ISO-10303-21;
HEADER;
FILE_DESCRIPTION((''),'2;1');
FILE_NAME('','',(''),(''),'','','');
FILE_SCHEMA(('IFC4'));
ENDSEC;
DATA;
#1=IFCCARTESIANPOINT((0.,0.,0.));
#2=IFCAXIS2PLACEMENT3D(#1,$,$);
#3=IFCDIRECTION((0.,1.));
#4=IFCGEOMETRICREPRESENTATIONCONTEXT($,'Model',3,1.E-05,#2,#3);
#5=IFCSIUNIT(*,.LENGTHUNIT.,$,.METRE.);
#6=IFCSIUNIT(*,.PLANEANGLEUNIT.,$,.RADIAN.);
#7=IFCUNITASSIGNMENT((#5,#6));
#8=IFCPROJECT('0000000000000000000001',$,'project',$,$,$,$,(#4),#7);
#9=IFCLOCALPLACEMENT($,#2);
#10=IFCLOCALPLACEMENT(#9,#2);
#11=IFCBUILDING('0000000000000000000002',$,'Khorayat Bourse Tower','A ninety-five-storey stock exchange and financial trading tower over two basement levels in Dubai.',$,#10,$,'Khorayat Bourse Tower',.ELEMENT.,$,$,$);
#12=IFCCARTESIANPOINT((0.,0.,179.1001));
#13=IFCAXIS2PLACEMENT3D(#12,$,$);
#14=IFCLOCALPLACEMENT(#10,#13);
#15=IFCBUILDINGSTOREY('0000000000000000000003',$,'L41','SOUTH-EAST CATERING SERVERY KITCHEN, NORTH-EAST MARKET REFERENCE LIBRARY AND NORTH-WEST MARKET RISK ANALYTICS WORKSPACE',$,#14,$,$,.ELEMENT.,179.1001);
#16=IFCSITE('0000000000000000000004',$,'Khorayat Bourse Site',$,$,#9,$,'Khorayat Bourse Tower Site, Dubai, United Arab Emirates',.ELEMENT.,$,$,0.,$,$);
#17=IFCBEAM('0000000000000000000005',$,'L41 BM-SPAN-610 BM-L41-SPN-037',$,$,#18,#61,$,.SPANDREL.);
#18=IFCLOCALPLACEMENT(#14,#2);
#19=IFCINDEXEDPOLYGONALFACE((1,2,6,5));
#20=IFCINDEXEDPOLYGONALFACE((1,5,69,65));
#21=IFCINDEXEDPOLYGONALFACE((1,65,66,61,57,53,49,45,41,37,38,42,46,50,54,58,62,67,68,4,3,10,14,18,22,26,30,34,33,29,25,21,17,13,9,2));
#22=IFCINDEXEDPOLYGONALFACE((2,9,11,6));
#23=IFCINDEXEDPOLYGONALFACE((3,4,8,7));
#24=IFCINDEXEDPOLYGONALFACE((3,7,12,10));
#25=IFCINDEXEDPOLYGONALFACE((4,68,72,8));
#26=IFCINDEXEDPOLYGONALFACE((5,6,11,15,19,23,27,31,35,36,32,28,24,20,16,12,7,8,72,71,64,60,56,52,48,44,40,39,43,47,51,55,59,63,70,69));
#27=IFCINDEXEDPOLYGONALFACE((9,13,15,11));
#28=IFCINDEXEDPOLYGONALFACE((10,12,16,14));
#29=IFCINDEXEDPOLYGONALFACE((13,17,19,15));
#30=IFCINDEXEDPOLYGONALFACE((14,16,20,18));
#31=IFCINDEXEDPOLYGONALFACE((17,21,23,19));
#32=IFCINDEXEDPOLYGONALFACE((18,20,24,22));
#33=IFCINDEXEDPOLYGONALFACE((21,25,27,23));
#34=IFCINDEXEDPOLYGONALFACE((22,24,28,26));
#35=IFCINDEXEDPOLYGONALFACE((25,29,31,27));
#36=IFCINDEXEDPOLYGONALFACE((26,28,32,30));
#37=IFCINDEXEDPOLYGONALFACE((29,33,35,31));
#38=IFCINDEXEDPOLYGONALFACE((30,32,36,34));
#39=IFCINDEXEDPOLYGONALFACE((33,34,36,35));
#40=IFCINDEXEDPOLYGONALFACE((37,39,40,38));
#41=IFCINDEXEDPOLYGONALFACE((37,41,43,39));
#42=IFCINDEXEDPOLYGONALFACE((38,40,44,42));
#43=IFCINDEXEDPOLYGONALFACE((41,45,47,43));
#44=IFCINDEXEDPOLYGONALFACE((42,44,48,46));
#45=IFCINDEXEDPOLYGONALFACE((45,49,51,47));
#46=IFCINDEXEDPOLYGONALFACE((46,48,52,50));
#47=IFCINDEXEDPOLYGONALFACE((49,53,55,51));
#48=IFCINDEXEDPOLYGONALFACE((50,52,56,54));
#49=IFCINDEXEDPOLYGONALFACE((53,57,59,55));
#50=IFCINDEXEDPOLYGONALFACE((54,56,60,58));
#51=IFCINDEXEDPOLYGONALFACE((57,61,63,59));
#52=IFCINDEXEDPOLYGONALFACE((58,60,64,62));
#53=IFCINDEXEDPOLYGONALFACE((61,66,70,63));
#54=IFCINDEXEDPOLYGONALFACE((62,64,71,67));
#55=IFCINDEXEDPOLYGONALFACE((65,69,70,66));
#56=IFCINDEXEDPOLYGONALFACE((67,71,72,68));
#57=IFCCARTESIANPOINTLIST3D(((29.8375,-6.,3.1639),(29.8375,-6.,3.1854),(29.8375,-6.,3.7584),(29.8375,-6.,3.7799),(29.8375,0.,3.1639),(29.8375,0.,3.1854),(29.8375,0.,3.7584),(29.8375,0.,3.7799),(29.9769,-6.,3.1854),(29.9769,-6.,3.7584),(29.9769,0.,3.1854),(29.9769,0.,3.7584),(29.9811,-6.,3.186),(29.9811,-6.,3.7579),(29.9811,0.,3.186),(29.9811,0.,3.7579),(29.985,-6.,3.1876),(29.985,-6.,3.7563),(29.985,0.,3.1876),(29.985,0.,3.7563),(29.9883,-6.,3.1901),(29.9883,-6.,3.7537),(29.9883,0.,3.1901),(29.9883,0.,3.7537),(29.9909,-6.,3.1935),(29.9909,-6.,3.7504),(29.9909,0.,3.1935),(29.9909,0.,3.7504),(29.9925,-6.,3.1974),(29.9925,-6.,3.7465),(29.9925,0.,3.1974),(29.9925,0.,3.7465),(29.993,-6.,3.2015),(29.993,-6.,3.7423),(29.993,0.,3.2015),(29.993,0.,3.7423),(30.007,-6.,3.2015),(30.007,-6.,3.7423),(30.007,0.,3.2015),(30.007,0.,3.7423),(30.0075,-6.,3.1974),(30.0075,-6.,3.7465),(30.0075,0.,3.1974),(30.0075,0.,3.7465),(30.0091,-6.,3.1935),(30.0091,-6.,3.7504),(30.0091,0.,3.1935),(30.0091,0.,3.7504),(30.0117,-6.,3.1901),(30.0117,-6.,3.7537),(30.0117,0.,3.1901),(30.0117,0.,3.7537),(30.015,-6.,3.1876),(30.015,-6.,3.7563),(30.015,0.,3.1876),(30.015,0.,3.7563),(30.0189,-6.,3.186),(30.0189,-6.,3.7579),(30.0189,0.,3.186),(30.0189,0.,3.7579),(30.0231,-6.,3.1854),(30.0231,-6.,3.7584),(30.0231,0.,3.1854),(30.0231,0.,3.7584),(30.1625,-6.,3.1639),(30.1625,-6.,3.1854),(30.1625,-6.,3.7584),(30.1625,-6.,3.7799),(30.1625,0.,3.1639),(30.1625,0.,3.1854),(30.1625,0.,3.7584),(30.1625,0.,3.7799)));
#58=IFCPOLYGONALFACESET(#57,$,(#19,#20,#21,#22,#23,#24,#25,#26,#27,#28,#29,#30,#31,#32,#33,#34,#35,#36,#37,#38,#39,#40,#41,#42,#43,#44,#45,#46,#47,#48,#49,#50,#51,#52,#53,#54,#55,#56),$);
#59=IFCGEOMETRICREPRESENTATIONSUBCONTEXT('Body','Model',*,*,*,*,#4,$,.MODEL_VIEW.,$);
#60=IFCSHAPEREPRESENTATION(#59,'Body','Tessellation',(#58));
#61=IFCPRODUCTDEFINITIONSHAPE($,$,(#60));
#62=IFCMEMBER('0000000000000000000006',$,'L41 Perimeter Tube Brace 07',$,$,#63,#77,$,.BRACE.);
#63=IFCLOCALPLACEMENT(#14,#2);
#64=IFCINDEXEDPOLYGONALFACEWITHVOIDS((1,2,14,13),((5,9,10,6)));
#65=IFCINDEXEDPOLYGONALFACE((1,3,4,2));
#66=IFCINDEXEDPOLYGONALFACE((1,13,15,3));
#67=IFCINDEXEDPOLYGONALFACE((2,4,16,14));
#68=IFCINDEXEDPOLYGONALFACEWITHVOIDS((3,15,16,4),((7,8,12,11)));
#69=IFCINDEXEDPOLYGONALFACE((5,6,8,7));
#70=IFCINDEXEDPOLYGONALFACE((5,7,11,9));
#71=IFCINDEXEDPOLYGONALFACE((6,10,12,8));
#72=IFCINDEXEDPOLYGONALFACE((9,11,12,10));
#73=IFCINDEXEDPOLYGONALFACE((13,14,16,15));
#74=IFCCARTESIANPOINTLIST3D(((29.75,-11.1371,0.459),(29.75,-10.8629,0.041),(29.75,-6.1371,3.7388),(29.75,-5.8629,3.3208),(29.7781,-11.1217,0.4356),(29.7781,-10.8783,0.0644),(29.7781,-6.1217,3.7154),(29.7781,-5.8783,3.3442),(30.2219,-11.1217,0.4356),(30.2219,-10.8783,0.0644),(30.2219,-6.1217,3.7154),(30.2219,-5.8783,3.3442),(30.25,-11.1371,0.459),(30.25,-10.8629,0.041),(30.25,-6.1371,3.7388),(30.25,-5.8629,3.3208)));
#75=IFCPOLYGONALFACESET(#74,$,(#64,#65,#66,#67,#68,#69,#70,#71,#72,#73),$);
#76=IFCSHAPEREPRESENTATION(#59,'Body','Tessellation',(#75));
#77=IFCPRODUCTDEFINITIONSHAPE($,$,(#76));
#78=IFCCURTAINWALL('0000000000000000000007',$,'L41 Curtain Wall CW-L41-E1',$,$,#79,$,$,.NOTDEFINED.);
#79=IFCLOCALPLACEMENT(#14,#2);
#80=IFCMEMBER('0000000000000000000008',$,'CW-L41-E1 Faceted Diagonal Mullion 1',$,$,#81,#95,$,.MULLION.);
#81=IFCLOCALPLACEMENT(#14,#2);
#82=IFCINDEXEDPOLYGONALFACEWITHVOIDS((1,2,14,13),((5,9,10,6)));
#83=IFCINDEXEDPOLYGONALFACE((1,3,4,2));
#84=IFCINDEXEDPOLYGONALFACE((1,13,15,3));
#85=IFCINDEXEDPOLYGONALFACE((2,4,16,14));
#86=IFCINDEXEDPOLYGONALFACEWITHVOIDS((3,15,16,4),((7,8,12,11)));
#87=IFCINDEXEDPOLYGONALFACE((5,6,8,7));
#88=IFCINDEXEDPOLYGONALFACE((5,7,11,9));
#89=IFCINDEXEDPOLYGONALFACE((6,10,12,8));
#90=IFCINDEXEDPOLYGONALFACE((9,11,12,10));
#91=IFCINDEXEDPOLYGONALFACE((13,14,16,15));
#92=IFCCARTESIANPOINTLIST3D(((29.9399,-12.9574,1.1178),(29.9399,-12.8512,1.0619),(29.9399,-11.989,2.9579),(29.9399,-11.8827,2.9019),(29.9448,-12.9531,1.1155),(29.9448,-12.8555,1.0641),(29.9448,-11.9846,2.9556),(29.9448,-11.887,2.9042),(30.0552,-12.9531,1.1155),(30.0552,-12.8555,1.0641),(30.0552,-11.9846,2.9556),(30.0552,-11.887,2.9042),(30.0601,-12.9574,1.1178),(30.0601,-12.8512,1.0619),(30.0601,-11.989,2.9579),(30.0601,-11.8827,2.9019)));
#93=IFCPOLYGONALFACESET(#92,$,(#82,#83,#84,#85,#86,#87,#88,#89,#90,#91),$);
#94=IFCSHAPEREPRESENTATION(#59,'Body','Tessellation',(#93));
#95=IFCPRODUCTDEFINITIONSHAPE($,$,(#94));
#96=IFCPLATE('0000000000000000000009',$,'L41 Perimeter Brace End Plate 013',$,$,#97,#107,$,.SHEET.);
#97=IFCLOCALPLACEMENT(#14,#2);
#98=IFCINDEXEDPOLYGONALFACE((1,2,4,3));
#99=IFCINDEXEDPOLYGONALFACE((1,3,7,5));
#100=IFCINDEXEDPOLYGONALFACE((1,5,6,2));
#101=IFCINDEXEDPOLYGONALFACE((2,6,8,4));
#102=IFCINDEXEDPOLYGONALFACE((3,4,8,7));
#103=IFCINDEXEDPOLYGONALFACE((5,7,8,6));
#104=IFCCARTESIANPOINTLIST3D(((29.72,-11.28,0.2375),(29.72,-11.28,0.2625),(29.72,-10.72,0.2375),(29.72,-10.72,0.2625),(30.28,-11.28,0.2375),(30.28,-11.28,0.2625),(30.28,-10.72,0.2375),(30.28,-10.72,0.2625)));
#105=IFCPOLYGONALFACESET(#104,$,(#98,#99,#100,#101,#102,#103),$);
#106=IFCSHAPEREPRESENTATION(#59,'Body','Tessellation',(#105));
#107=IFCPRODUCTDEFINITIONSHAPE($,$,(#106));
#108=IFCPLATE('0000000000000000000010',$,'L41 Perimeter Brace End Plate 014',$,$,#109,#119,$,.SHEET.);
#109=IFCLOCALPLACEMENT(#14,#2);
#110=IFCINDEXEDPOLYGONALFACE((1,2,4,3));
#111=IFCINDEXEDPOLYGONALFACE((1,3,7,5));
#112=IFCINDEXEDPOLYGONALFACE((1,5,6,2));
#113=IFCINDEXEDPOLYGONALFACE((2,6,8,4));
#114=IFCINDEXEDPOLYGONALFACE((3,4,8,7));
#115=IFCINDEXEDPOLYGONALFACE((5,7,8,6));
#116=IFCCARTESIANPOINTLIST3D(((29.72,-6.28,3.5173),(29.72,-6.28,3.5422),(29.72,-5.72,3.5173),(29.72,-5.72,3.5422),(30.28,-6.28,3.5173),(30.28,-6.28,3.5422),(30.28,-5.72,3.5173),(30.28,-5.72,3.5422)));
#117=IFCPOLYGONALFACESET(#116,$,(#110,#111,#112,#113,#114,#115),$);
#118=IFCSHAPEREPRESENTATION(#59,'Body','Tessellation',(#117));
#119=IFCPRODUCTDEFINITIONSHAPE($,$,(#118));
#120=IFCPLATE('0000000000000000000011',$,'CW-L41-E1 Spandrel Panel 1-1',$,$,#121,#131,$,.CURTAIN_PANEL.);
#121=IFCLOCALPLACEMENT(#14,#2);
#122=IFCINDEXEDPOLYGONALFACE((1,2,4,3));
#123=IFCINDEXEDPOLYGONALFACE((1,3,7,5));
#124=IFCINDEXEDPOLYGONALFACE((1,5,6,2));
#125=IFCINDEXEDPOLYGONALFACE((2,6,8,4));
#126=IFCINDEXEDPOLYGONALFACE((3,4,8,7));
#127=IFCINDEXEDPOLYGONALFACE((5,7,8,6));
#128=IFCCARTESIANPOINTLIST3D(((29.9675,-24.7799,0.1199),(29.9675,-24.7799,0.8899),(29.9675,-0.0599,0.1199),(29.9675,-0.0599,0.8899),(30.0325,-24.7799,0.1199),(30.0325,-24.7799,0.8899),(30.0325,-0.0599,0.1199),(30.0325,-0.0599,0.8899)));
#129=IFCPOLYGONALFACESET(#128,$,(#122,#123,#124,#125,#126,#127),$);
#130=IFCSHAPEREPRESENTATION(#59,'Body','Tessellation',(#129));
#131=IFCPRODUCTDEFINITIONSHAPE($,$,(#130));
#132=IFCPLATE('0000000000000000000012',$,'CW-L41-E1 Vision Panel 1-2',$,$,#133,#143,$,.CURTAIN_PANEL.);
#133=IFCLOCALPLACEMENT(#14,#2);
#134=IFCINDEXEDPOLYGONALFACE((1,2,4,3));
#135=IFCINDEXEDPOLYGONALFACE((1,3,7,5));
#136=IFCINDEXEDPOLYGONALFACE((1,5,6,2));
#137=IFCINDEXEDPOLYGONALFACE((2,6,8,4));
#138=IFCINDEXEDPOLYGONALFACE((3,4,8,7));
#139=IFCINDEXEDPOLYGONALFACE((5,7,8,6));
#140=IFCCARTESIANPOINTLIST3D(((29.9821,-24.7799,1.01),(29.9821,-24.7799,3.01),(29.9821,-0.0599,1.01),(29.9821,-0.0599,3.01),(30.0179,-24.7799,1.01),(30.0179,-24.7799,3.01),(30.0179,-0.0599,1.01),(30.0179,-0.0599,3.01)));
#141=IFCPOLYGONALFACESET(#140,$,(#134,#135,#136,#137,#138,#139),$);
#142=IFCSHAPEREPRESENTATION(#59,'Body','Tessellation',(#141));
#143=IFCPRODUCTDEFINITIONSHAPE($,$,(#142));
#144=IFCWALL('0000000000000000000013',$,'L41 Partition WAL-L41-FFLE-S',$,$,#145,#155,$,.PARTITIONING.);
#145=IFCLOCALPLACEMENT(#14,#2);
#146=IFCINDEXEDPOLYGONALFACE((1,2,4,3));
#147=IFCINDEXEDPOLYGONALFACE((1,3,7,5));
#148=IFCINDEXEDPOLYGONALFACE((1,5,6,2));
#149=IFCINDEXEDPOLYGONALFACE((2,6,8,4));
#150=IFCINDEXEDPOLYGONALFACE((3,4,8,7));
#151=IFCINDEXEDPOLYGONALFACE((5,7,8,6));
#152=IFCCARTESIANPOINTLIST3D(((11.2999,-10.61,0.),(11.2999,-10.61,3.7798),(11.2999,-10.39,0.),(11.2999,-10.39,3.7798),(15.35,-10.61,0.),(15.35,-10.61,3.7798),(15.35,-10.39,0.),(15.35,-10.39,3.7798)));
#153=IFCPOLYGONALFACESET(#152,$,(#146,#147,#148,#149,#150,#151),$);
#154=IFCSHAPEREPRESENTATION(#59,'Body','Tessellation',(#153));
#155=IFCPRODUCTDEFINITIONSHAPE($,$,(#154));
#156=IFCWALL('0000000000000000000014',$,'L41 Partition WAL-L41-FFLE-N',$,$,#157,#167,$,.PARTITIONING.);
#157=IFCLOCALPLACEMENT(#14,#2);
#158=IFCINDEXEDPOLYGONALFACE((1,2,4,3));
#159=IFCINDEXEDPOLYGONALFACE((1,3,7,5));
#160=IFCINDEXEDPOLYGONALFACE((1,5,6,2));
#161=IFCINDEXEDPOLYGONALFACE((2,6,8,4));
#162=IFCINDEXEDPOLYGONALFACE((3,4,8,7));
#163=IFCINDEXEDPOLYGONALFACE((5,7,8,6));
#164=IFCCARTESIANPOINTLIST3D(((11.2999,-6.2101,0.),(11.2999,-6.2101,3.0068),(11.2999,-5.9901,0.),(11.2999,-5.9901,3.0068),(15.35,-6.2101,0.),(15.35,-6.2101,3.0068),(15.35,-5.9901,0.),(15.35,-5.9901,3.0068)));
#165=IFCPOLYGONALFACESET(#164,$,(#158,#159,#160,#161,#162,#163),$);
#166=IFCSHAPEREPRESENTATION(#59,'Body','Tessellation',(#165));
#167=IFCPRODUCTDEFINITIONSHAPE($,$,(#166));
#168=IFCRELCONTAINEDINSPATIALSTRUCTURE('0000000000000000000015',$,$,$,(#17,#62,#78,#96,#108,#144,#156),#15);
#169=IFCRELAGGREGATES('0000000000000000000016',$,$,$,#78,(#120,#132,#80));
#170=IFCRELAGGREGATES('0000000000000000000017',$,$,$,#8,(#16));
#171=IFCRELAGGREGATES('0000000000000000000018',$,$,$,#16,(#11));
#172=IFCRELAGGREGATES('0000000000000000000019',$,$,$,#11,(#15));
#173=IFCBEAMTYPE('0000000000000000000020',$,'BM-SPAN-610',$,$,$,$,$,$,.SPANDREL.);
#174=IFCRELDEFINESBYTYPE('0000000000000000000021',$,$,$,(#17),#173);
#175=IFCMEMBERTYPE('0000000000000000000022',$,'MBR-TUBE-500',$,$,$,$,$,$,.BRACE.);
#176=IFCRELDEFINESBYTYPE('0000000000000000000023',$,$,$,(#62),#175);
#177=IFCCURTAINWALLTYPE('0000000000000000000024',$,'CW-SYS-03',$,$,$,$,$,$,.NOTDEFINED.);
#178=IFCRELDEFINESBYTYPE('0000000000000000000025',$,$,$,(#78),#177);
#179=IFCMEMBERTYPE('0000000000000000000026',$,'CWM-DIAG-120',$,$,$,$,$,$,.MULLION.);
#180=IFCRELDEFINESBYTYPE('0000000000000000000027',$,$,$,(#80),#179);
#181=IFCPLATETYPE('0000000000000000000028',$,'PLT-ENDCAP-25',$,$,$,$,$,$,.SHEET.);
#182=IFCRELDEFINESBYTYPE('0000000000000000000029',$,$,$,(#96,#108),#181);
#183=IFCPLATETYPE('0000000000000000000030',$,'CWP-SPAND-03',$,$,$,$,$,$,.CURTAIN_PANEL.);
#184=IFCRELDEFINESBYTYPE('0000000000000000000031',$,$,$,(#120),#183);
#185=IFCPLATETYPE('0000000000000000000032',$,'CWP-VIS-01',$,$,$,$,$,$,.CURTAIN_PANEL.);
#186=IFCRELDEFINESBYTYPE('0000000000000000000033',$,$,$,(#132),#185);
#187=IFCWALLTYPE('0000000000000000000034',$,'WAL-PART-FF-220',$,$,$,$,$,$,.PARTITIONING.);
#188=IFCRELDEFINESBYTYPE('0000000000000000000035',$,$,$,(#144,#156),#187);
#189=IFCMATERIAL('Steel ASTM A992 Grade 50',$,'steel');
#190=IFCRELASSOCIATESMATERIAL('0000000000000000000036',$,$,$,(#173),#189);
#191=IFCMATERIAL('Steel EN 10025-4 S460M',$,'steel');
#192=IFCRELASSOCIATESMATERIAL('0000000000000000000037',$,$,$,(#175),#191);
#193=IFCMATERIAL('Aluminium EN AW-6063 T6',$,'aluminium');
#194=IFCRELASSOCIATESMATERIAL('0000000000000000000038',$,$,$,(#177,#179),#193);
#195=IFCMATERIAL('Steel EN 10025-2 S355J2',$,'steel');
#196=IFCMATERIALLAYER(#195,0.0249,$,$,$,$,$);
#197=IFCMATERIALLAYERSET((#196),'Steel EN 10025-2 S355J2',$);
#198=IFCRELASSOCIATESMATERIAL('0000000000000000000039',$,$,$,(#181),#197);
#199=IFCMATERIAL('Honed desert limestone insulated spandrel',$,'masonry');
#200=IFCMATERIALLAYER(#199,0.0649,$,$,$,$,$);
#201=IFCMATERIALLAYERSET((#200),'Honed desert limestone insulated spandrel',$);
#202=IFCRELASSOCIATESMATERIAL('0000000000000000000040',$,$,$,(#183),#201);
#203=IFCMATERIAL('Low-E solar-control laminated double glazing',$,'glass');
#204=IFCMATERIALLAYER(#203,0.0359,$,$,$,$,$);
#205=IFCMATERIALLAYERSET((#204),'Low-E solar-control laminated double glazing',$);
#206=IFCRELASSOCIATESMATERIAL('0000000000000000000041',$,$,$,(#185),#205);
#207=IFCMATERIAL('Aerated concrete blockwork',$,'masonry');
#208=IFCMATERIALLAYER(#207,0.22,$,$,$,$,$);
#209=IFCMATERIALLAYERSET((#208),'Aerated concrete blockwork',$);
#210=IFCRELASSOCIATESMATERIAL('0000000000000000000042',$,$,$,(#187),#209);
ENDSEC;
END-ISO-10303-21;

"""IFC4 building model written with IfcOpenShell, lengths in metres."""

from ifc_helpers import new_model, si_unit, direction, frame, frame_2d, origin, origin_2d, place, context, subcontext, project, spatial, rectangle, hollow_rectangle, i_section, extrude, source, transform, mapped, material, layer, layer_set, material_profile, profile_set, type_object, element, aggregate, save


model = new_model("IFC4")

# Units and contexts
model_context = context("Model", 3, precision=1e-05, world=origin(), true_north=direction((0.0, 1.0)))
body_context = subcontext(model_context, "Body", "Model", "MODEL_VIEW")
ifc_project = project(units=[si_unit("LENGTHUNIT", "METRE"), si_unit("PLANEANGLEUNIT", "RADIAN")], contexts=[model_context])

# Site, building, storey
site_placement = place(None, origin())
site = spatial("IfcSite", under=ifc_project, at=site_placement, Name="Khorayat Bourse Site", LongName="Khorayat Bourse Tower Site, Dubai, United Arab Emirates", CompositionType="ELEMENT", RefElevation=0.0)
building_placement = place(site_placement, origin())
building = spatial("IfcBuilding", under=site, at=building_placement, Name="Khorayat Bourse Tower", Description="A ninety-five-storey stock exchange and financial trading tower over two basement levels in Dubai.", LongName="Khorayat Bourse Tower", CompositionType="ELEMENT")
storey_placement = place(building_placement, frame((0.0, 0.0, 179.1001)))
storey = spatial("IfcBuildingStorey", under=building, at=storey_placement, Name="L41", Description="SOUTH-EAST CATERING SERVERY KITCHEN, NORTH-EAST MARKET REFERENCE LIBRARY AND NORTH-WEST MARKET RISK ANALYTICS WORKSPACE", CompositionType="ELEMENT", Elevation=179.1001)

# Shared definitions
ifc_material_1 = material(Name="Steel EN 10025-4 S460M", Category="steel")

# Beam
ifc_material_2 = material(Name="Steel ASTM A992 Grade 50", Category="steel")
ifc_material_profile_1 = material_profile(ifc_material_2, i_section(OverallWidth=0.325, OverallDepth=0.616, WebThickness=0.0139, FlangeThickness=0.0215, FilletRadius=0.0161, at=origin_2d()), Name="W610X174")
ifc_profile_set_1 = profile_set([ifc_material_profile_1], Name="Steel ASTM A992 Grade 50")
beam_type_1 = type_object("IfcBeamType", Name="BM-SPAN-610", PredefinedType="SPANDREL", material=ifc_profile_set_1)
shared_shape_1 = source(origin(), body_context, "Body", "SweptSolid", [
    extrude(i_section(OverallWidth=0.325, OverallDepth=0.616, WebThickness=0.0139, FlangeThickness=0.0215, FilletRadius=0.0161, at=origin_2d()), origin(), (0.0, 0.0, 1.0), 6.0),
])
beam_1_placement = place(storey_placement, frame((30.0, -6.0, 3.4719), z_axis=(0.0, 1.0, 0.0), x_axis=(-1.0, 0.0, 0.0)))
element("IfcBeam", 1, at=beam_1_placement, inside=storey, type_object=beam_type_1, Name="L41 BM-SPAN-610 BM-L41-SPN-037", PredefinedType="SPANDREL", context=body_context, shape_type="MappedRepresentation", body=[
    mapped(shared_shape_1, transform((0.0, 0.0, 0.0), scale=1.0)),
])

# Member
ifc_material_profile_2 = material_profile(ifc_material_1, hollow_rectangle(XDim=0.5, YDim=0.5, WallThickness=0.0281, at=origin_2d()), Name="HSS 500x500x28")
ifc_profile_set_2 = profile_set([ifc_material_profile_2], Name="Steel EN 10025-4 S460M")
member_type_1 = type_object("IfcMemberType", Name="MBR-TUBE-500", PredefinedType="BRACE", material=ifc_profile_set_2)
shared_shape_2 = source(origin(), body_context, "Body", "SweptSolid", [
    extrude(hollow_rectangle(XDim=0.5, YDim=0.5, WallThickness=0.0281, at=origin_2d()), origin(), (0.0, 0.0, 1.0), 5.9797),
])
member_1_placement = place(storey_placement, frame((30.0, -11.0, 0.25), z_axis=(0.0, 0.83616, 0.548485), x_axis=(-1.0, 0.0, 0.0)))
element("IfcMember", 2, at=member_1_placement, inside=storey, type_object=member_type_1, Name="L41 Perimeter Tube Brace 07", PredefinedType="BRACE", context=body_context, shape_type="MappedRepresentation", body=[
    mapped(shared_shape_2, transform((0.0, 0.0, 0.0), scale=1.0)),
])

# Curtain wall, member
ifc_material_3 = material(Name="Aluminium EN AW-6063 T6", Category="aluminium")
curtain_wall_type = type_object("IfcCurtainWallType", Name="CW-SYS-03", PredefinedType="NOTDEFINED", material=ifc_material_3)
curtain_wall_placement = place(storey_placement, origin())
curtain_wall = element("IfcCurtainWall", 3, at=curtain_wall_placement, inside=storey, type_object=curtain_wall_type, Name="L41 Curtain Wall CW-L41-E1", PredefinedType="NOTDEFINED")
ifc_material_profile_3 = material_profile(ifc_material_3, hollow_rectangle(XDim=0.1201, YDim=0.1201, WallThickness=0.0049, at=origin_2d()), Name="ALU 120x120x5")
ifc_profile_set_3 = profile_set([ifc_material_profile_3], Name="Aluminium EN AW-6063 T6")
member_type_2 = type_object("IfcMemberType", Name="CWM-DIAG-120", PredefinedType="MULLION", material=ifc_profile_set_3)
shared_shape_3 = source(origin(), body_context, "Body", "SweptSolid", [
    extrude(hollow_rectangle(XDim=0.1201, YDim=0.1201, WallThickness=0.0049, at=origin_2d()), origin(), (0.0, 0.0, 1.0), 2.0793),
])
member_2_placement = place(storey_placement, frame((30.0, -12.9043, 1.0898), z_axis=(0.0, 0.465761, 0.884911), x_axis=(-1.0, 0.0, 0.0)))
member_2 = element("IfcMember", 4, at=member_2_placement, type_object=member_type_2, Name="CW-L41-E1 Faceted Diagonal Mullion 1", PredefinedType="MULLION", context=body_context, shape_type="MappedRepresentation", body=[
    mapped(shared_shape_3, transform((0.0, 0.0, 0.0), scale=1.0)),
])

# Plates
ifc_material_4 = material(Name="Steel EN 10025-2 S355J2", Category="steel")
ifc_layer_1 = layer(ifc_material_4, 0.0249)
ifc_layer_set_1 = layer_set([ifc_layer_1], Name="Steel EN 10025-2 S355J2")
plate_type_1 = type_object("IfcPlateType", Name="PLT-ENDCAP-25", PredefinedType="SHEET", material=ifc_layer_set_1)
shared_shape_4 = source(origin(), body_context, "Body", "SweptSolid", [
    extrude(rectangle(XDim=0.5601, YDim=0.5601, at=origin_2d()), origin(), (0.0, 0.0, 1.0), 0.0249),
])
for number, where, z_axis, x_axis, name in (
    (5, (30.0, -11.0, 0.2375), (0.0, 0.0, 1.0), (1.0, 0.0, 0.0), "L41 Perimeter Brace End Plate 013"),
    (6, (30.0, -6.0, 3.5173), (0.0, 0.0, 1.0), (1.0, 0.0, 0.0), "L41 Perimeter Brace End Plate 014"),
):
    element("IfcPlate", number, at=place(storey_placement, frame(where, z_axis=z_axis, x_axis=x_axis)), inside=storey, type_object=plate_type_1, Name=name, PredefinedType="SHEET", context=body_context, shape_type="MappedRepresentation", body=[
        mapped(shared_shape_4, transform((0.0, 0.0, 0.0), scale=1.0)),
    ])

# Plates
ifc_material_5 = material(Name="Honed desert limestone insulated spandrel", Category="masonry")
ifc_layer_2 = layer(ifc_material_5, 0.0649)
ifc_layer_set_2 = layer_set([ifc_layer_2], Name="Honed desert limestone insulated spandrel")
plate_type_2 = type_object("IfcPlateType", Name="CWP-SPAND-03", PredefinedType="CURTAIN_PANEL", material=ifc_layer_set_2)
shared_shape_5 = source(origin(), body_context, "Body", "SweptSolid", [
    extrude(rectangle(XDim=24.72, YDim=0.0649, at=origin_2d()), origin(), (0.0, 0.0, 1.0), 0.77),
])
plate_1_placement = place(storey_placement, frame((30.0, -12.4199, 0.1199), z_axis=(0.0, 0.0, 1.0), x_axis=(0.0, 1.0, 0.0)))
plate_1 = element("IfcPlate", 7, at=plate_1_placement, type_object=plate_type_2, Name="CW-L41-E1 Spandrel Panel 1-1", PredefinedType="CURTAIN_PANEL", context=body_context, shape_type="MappedRepresentation", body=[
    mapped(shared_shape_5, transform((0.0, 0.0, 0.0), scale=1.0)),
])
ifc_material_6 = material(Name="Low-E solar-control laminated double glazing", Category="glass")
ifc_layer_3 = layer(ifc_material_6, 0.0359)
ifc_layer_set_3 = layer_set([ifc_layer_3], Name="Low-E solar-control laminated double glazing")
plate_type_3 = type_object("IfcPlateType", Name="CWP-VIS-01", PredefinedType="CURTAIN_PANEL", material=ifc_layer_set_3)
shared_shape_6 = source(origin(), body_context, "Body", "SweptSolid", [
    extrude(rectangle(XDim=24.72, YDim=0.0359, at=origin_2d()), origin(), (0.0, 0.0, 1.0), 2.0),
])
plate_2_placement = place(storey_placement, frame((30.0, -12.4199, 1.01), z_axis=(0.0, 0.0, 1.0), x_axis=(0.0, 1.0, 0.0)))
plate_2 = element("IfcPlate", 8, at=plate_2_placement, type_object=plate_type_3, Name="CW-L41-E1 Vision Panel 1-2", PredefinedType="CURTAIN_PANEL", context=body_context, shape_type="MappedRepresentation", body=[
    mapped(shared_shape_6, transform((0.0, 0.0, 0.0), scale=1.0)),
])
aggregate(curtain_wall, [plate_1, plate_2, member_2])

# Walls
ifc_material_7 = material(Name="Aerated concrete blockwork", Category="masonry")
ifc_layer_4 = layer(ifc_material_7, 0.22)
ifc_layer_set_4 = layer_set([ifc_layer_4], Name="Aerated concrete blockwork")
wall_type_1 = type_object("IfcWallType", Name="WAL-PART-FF-220", PredefinedType="PARTITIONING", material=ifc_layer_set_4)
shared_shape_7 = source(origin(), body_context, "Body", "SweptSolid", [
    extrude(rectangle(XDim=4.05, YDim=0.22, at=frame_2d((2.0249, 0.0))), origin(), (0.0, 0.0, 1.0), 3.7798),
])
wall_1_placement = place(storey_placement, frame((11.3, -10.5, 0.0), z_axis=(0.0, 0.0, 1.0), x_axis=(1.0, 0.0, 0.0)))
element("IfcWall", 9, at=wall_1_placement, inside=storey, type_object=wall_type_1, Name="L41 Partition WAL-L41-FFLE-S", PredefinedType="PARTITIONING", context=body_context, shape_type="MappedRepresentation", body=[
    mapped(shared_shape_7, transform((0.0, 0.0, 0.0), scale=1.0)),
])
shared_shape_8 = source(origin(), body_context, "Body", "SweptSolid", [
    extrude(rectangle(XDim=4.05, YDim=0.22, at=frame_2d((2.0249, 0.0))), origin(), (0.0, 0.0, 1.0), 3.0068),
])
wall_2_placement = place(storey_placement, frame((11.3, -6.1001, 0.0), z_axis=(0.0, 0.0, 1.0), x_axis=(1.0, 0.0, 0.0)))
element("IfcWall", 10, at=wall_2_placement, inside=storey, type_object=wall_type_1, Name="L41 Partition WAL-L41-FFLE-N", PredefinedType="PARTITIONING", context=body_context, shape_type="MappedRepresentation", body=[
    mapped(shared_shape_8, transform((0.0, 0.0, 0.0), scale=1.0)),
])

save(model, "model.ifc")
